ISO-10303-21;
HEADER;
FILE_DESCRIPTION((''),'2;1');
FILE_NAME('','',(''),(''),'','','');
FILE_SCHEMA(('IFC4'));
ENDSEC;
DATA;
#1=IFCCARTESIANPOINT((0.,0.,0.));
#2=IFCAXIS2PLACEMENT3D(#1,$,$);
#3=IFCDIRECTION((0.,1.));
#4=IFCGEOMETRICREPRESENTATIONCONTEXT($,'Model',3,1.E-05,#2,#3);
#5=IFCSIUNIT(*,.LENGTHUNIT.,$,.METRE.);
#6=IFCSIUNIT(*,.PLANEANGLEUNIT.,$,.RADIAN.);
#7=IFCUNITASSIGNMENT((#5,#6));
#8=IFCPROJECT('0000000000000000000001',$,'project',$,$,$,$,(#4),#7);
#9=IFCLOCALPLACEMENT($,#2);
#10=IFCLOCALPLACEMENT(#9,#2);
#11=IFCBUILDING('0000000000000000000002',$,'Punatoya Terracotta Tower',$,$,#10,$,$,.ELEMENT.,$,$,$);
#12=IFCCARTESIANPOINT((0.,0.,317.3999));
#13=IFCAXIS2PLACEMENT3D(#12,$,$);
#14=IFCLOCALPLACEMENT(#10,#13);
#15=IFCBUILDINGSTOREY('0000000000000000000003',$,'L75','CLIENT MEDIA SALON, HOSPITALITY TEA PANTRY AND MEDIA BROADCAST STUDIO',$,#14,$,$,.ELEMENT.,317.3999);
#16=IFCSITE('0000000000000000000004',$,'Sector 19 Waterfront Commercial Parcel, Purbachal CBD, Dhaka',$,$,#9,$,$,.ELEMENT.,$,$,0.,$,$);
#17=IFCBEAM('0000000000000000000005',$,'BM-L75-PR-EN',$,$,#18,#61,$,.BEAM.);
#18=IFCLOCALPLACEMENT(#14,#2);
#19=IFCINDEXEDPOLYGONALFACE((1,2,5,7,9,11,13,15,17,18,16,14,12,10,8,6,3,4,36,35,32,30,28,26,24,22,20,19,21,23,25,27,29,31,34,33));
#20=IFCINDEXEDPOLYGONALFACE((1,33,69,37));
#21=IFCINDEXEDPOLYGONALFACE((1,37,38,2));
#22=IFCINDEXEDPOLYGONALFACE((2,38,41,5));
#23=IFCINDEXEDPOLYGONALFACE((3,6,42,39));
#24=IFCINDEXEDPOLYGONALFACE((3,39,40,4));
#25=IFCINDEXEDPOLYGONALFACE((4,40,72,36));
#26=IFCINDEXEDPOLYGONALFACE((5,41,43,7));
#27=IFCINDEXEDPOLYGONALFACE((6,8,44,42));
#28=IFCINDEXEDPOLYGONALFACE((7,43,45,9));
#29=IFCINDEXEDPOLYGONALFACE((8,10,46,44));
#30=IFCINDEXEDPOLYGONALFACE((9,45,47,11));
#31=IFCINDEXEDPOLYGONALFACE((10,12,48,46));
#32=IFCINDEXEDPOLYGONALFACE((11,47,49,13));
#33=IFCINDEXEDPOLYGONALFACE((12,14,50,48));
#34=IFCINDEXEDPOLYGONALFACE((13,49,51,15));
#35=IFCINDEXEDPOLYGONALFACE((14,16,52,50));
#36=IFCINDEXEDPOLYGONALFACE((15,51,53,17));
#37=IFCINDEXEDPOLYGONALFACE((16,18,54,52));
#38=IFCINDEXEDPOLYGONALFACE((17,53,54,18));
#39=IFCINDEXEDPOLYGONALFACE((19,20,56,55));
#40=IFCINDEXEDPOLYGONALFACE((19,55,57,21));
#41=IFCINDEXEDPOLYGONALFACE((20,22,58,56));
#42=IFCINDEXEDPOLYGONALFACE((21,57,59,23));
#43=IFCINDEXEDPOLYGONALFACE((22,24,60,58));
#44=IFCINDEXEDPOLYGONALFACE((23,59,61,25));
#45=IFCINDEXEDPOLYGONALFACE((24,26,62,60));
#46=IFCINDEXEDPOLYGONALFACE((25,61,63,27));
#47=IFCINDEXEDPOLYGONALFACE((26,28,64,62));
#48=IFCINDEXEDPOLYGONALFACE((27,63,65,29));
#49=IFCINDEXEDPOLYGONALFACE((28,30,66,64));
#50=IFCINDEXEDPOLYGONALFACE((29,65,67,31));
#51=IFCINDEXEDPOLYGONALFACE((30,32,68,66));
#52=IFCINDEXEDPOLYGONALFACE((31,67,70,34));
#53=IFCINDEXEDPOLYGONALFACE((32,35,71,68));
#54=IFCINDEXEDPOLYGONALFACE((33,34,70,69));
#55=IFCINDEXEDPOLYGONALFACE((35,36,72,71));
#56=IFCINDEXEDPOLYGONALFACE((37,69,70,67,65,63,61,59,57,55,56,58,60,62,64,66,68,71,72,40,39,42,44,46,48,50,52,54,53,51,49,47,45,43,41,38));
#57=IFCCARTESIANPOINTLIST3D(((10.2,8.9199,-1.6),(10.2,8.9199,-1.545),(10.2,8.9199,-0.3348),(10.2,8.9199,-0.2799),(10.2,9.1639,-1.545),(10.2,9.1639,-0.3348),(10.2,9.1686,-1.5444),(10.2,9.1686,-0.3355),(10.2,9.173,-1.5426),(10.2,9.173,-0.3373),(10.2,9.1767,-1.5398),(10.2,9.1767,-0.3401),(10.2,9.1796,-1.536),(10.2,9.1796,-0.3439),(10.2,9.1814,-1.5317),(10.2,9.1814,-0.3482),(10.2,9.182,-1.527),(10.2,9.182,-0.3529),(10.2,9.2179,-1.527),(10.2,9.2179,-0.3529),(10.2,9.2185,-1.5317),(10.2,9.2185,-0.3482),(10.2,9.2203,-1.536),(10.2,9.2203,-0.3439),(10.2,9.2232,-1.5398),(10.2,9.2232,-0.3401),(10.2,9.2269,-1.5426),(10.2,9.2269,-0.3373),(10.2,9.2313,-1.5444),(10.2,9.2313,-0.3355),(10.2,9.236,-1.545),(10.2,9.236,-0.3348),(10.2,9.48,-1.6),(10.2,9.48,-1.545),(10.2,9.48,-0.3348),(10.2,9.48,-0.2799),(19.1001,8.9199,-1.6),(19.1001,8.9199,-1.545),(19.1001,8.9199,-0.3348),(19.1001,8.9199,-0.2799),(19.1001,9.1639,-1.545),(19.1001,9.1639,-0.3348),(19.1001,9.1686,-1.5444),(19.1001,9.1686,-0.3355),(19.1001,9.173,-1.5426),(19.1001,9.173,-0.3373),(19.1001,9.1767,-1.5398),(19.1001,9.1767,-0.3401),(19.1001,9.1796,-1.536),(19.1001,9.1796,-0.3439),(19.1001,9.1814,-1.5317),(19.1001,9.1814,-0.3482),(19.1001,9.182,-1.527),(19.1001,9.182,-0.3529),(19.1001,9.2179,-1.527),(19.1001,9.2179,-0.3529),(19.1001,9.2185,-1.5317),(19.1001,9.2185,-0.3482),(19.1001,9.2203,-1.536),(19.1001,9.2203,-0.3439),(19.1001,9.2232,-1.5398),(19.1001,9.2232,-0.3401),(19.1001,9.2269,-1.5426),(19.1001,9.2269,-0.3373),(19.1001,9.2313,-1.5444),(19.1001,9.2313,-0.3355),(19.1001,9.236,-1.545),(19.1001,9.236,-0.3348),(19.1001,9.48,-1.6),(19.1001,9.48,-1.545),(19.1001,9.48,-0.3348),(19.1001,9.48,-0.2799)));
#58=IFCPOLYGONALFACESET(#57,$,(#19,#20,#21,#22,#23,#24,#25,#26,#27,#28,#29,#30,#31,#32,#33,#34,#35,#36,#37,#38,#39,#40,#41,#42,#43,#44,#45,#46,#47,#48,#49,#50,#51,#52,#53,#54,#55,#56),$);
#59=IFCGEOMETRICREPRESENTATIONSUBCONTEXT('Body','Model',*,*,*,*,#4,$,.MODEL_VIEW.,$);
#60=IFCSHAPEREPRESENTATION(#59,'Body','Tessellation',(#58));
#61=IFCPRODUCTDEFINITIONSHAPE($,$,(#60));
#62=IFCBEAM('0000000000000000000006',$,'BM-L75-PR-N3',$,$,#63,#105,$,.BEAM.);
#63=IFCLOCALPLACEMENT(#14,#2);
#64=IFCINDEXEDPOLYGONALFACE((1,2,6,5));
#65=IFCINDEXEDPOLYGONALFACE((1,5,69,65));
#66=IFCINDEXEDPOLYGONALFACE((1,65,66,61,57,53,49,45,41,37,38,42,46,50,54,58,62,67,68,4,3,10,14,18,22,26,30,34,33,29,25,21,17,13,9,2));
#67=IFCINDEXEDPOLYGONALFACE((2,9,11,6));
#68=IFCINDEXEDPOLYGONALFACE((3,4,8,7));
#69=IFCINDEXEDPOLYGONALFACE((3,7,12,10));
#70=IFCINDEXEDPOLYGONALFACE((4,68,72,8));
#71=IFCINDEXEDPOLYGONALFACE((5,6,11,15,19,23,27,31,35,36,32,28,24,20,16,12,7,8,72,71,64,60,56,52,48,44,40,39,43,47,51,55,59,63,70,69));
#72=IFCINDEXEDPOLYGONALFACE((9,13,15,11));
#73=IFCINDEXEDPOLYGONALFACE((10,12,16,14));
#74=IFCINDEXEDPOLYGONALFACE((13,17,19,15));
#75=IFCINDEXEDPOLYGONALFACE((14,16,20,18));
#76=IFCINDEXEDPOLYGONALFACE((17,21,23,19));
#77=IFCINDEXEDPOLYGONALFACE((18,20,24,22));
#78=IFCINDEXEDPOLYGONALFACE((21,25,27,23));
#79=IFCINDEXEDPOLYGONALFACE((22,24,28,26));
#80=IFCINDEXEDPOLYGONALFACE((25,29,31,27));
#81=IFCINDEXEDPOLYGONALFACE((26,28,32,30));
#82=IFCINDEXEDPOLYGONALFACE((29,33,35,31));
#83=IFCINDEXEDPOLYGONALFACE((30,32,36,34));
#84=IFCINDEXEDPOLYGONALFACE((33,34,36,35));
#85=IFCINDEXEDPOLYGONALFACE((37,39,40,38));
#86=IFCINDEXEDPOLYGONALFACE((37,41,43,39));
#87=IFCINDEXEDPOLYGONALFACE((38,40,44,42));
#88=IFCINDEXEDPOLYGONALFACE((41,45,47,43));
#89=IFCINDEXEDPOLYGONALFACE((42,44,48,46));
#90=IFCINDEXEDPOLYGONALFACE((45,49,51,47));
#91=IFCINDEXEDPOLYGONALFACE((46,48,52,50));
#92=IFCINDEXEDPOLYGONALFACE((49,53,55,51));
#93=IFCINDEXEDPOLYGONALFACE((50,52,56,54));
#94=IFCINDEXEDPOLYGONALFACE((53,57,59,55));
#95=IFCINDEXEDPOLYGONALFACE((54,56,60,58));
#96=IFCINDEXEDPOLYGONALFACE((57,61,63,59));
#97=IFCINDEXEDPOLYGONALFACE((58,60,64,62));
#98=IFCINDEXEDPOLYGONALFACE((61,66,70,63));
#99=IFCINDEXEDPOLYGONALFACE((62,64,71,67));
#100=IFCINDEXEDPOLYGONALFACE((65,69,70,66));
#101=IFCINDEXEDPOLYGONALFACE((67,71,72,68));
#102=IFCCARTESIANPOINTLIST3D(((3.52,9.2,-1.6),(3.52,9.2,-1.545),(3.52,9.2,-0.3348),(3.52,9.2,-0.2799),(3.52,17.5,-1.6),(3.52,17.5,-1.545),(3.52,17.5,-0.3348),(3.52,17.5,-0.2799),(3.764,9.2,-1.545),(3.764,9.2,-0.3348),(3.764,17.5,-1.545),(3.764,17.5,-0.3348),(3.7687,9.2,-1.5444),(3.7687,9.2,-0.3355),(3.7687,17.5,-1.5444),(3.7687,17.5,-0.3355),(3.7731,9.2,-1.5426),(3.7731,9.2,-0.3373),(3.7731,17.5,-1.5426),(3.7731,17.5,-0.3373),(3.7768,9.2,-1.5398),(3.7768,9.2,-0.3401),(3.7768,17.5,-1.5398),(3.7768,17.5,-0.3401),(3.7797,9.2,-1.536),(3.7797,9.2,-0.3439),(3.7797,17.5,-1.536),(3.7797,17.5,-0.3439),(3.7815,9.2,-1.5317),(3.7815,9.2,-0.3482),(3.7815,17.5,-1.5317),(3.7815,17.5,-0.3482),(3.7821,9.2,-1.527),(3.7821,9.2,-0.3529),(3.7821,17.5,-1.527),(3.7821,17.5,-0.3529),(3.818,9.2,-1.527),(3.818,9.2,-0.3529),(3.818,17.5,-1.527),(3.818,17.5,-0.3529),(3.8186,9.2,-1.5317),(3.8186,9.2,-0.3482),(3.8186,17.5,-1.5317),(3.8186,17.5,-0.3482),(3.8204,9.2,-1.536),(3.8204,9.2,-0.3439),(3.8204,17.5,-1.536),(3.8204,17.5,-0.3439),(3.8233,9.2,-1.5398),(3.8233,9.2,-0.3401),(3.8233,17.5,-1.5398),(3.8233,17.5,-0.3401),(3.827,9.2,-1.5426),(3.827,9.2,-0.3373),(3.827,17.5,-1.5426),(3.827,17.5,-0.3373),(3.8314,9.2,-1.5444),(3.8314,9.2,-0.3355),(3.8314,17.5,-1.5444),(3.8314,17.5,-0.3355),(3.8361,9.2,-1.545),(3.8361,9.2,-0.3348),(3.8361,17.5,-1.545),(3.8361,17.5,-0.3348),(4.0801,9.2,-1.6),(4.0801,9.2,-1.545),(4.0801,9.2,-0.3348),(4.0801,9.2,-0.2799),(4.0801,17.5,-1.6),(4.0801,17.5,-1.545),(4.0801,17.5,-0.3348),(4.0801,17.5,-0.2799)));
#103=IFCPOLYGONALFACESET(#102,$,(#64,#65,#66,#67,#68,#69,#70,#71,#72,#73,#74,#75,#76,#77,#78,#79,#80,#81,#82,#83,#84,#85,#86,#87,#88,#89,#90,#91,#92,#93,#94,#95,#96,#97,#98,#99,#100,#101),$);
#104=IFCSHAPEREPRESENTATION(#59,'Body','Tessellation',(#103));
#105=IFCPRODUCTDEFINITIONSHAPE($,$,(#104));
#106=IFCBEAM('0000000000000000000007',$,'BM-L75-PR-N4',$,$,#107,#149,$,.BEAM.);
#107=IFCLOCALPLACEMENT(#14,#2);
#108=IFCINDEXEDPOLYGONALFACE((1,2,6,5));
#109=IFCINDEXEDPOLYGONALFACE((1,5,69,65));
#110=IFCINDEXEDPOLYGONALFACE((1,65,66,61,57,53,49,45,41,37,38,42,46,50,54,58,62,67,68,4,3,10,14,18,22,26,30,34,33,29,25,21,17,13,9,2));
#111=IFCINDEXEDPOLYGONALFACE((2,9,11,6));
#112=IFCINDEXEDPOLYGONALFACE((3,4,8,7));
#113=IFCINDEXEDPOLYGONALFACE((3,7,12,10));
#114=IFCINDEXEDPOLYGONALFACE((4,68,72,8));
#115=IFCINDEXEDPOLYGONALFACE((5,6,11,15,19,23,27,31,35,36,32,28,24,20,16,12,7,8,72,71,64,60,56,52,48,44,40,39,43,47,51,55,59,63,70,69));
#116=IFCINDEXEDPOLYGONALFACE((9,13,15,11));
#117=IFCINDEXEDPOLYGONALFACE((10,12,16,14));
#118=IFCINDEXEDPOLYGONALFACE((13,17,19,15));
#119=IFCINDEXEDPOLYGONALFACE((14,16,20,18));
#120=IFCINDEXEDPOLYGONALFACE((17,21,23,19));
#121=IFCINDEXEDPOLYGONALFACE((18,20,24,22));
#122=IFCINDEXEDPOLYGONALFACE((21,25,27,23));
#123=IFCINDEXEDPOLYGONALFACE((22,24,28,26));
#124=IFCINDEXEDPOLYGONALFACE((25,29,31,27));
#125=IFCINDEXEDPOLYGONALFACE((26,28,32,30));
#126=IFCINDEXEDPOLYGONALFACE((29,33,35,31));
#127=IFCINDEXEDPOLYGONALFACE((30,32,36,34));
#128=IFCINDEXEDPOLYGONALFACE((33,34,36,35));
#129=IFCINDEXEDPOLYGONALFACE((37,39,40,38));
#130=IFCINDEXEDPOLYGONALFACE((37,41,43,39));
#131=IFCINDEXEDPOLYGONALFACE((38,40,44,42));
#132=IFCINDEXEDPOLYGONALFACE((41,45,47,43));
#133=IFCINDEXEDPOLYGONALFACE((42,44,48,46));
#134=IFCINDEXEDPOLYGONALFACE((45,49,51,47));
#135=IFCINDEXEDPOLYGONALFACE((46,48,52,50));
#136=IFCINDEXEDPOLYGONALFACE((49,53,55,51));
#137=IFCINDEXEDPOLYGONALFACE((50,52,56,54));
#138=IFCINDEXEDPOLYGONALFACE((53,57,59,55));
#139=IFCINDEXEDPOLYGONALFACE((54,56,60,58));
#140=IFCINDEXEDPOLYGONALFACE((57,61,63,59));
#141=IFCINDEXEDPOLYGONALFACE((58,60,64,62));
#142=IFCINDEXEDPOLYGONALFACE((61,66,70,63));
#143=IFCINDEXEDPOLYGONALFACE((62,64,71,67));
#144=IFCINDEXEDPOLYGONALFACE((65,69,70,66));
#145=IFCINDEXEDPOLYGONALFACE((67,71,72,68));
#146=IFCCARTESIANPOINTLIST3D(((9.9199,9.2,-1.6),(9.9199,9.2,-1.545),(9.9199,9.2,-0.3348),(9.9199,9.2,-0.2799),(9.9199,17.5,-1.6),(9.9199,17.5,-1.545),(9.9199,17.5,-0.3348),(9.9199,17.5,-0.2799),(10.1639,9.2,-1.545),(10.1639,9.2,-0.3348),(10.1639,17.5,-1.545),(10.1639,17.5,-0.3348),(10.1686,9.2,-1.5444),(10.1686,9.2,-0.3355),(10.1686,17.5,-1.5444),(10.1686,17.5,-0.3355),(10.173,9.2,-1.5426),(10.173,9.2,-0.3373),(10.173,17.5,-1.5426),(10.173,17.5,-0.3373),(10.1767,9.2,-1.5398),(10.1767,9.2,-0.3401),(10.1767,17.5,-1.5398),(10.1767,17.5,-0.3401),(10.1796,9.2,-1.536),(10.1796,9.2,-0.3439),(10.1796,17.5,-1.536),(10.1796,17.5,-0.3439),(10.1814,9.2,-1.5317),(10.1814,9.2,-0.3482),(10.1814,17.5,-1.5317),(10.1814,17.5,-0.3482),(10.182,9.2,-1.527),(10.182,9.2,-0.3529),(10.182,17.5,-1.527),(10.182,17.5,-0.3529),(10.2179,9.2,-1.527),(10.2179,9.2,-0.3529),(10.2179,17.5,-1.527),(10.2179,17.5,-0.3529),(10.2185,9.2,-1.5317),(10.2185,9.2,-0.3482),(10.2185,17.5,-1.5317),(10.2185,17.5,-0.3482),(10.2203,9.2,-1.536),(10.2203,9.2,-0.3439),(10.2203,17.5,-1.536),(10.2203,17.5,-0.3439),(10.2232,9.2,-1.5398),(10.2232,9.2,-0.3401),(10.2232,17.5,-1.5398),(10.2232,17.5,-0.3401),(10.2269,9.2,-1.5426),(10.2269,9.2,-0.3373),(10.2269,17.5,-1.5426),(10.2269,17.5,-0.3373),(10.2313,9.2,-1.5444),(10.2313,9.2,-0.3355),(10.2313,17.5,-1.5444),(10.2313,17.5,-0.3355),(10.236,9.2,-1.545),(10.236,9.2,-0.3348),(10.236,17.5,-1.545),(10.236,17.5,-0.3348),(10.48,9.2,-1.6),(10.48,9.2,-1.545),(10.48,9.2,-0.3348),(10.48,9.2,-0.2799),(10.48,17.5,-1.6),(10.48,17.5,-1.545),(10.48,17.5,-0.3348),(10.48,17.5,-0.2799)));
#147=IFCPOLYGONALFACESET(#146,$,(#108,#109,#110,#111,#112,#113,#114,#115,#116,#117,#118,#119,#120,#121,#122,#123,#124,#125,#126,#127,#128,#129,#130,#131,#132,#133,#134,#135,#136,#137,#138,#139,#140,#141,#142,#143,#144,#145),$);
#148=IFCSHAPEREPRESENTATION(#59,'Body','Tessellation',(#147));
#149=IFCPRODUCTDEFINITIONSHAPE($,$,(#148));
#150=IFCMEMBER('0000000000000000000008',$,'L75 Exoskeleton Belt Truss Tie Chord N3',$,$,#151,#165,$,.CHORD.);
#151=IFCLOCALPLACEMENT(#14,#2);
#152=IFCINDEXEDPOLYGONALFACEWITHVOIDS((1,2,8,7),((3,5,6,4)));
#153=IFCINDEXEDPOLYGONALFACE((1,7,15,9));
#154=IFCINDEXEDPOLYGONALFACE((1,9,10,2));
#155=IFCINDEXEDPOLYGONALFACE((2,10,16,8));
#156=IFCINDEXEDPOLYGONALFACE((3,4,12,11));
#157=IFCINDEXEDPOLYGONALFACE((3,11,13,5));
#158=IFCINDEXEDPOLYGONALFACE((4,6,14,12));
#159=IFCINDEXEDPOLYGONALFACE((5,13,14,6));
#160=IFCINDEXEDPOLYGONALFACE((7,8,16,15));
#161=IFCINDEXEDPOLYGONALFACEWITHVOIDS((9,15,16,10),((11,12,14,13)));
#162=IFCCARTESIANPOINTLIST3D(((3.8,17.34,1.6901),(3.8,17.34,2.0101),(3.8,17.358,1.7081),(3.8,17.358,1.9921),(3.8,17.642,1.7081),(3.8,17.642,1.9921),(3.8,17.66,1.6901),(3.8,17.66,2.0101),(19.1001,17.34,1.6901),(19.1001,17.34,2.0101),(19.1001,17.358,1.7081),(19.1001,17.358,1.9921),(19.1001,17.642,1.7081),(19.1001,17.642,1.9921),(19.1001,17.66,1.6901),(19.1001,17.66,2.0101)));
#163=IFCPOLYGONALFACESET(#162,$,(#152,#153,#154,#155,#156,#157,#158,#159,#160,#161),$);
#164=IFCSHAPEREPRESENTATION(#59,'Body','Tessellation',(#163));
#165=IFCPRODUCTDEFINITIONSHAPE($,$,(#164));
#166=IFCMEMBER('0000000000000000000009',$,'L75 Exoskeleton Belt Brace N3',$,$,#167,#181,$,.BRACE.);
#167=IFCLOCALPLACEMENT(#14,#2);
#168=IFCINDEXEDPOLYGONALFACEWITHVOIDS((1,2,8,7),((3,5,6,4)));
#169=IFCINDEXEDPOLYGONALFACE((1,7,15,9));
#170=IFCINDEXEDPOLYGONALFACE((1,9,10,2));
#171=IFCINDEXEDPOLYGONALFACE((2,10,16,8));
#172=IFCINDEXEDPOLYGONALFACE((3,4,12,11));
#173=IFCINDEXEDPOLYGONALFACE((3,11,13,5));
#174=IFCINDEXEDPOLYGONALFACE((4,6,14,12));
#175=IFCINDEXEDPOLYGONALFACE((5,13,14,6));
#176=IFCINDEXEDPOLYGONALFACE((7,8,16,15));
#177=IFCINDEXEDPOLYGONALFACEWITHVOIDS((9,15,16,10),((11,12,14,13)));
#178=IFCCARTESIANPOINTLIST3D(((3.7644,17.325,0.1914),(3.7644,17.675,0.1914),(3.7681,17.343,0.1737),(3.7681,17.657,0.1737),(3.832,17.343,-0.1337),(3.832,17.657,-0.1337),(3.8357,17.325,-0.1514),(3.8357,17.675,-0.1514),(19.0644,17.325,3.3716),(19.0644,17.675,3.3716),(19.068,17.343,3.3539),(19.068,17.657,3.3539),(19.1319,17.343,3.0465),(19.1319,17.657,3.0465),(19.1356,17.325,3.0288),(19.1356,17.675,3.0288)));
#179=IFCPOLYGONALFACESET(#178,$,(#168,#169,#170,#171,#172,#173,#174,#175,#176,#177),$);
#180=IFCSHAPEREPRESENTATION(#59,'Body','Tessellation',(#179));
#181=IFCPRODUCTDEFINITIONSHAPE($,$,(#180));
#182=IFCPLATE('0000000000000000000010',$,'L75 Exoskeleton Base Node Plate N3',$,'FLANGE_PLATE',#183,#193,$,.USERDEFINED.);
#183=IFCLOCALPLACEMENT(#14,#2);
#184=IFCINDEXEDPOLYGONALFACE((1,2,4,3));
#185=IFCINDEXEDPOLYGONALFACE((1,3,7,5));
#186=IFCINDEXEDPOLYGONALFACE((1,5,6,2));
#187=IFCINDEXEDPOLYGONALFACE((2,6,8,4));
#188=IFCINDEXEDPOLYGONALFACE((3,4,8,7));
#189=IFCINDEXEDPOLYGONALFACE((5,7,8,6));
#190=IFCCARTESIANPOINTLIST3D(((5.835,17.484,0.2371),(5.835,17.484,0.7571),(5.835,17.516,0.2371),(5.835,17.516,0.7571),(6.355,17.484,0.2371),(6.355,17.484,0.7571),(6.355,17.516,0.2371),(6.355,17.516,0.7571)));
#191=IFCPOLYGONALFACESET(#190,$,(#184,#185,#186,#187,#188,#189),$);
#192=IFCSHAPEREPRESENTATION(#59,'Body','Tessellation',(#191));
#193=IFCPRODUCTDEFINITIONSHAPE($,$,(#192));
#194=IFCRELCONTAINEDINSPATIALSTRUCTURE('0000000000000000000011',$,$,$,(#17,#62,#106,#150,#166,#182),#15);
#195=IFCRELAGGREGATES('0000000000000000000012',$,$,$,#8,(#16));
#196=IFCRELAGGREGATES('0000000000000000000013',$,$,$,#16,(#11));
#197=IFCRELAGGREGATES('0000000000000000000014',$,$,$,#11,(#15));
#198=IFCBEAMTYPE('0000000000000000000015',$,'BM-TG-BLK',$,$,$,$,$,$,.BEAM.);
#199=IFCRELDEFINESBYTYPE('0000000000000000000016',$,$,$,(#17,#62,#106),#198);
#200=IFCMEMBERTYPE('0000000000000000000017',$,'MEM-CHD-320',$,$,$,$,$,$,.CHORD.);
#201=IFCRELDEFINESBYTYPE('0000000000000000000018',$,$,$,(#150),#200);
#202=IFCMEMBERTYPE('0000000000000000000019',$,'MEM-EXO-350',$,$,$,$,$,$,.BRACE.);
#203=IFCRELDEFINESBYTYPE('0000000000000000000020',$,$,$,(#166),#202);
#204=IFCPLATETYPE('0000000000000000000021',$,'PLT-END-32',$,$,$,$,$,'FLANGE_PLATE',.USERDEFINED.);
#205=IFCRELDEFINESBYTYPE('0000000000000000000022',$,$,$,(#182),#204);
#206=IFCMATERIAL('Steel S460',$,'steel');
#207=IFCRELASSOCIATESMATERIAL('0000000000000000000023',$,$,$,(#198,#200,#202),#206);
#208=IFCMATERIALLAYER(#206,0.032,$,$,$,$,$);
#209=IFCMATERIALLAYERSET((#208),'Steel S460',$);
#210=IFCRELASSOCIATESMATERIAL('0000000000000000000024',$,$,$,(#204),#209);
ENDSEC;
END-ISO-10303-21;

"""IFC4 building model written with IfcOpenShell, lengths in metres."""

from ifc_helpers import new_model, si_unit, direction, frame, origin, origin_2d, place, context, subcontext, project, spatial, rectangle, hollow_rectangle, i_section, extrude, material, layer, layer_set, material_profile, profile_set, type_object, element, save


model = new_model("IFC4")

# Units and contexts
model_context = context("Model", 3, precision=1e-05, world=origin(), true_north=direction((0.0, 1.0)))
body_context = subcontext(model_context, "Body", "Model", "MODEL_VIEW")
ifc_project = project(units=[si_unit("LENGTHUNIT", "METRE"), si_unit("PLANEANGLEUNIT", "RADIAN")], contexts=[model_context])

# Site, building, storey
site_placement = place(None, origin())
site = spatial("IfcSite", under=ifc_project, at=site_placement, Name="Sector 19 Waterfront Commercial Parcel, Purbachal CBD, Dhaka", CompositionType="ELEMENT", RefElevation=0.0)
building_placement = place(site_placement, origin())
building = spatial("IfcBuilding", under=site, at=building_placement, Name="Punatoya Terracotta Tower", CompositionType="ELEMENT")
storey_placement = place(building_placement, frame((0.0, 0.0, 317.3999)))
storey = spatial("IfcBuildingStorey", under=building, at=storey_placement, Name="L75", Description="CLIENT MEDIA SALON, HOSPITALITY TEA PANTRY AND MEDIA BROADCAST STUDIO", CompositionType="ELEMENT", Elevation=317.3999)

# Shared definitions
ifc_material_1 = material(Name="Steel S460", Category="steel")

# Beams
ifc_material_profile_1 = material_profile(ifc_material_1, i_section(OverallWidth=0.5601, OverallDepth=1.3201, WebThickness=0.0359, FlangeThickness=0.0549, FilletRadius=0.0181, at=origin_2d()))
ifc_profile_set_1 = profile_set([ifc_material_profile_1], Name="Steel S460")
beam_type_1 = type_object("IfcBeamType", Name="BM-TG-BLK", PredefinedType="BEAM", material=ifc_profile_set_1)
beam_1_placement = place(storey_placement, frame((10.2, 9.2, -0.9399), z_axis=(1.0, 0.0, 0.0), x_axis=(0.0, 1.0, 0.0)))
element("IfcBeam", 1, at=beam_1_placement, inside=storey, type_object=beam_type_1, Name="BM-L75-PR-EN", PredefinedType="BEAM", context=body_context, shape_type="SweptSolid", body=[
    extrude(i_section(OverallWidth=0.5601, OverallDepth=1.3201, WebThickness=0.0359, FlangeThickness=0.0549, FilletRadius=0.0181, at=origin_2d()), origin(), (0.0, 0.0, 1.0), 8.9001),
])
for number, where, z_axis, x_axis, name in (
    (2, (3.8, 9.2, -0.9399), (0.0, 1.0, 0.0), (-1.0, 0.0, 0.0), "BM-L75-PR-N3"),
    (3, (10.2, 9.2, -0.9399), (0.0, 1.0, 0.0), (-1.0, 0.0, 0.0), "BM-L75-PR-N4"),
):
    element("IfcBeam", number, at=place(storey_placement, frame(where, z_axis=z_axis, x_axis=x_axis)), inside=storey, type_object=beam_type_1, Name=name, PredefinedType="BEAM", context=body_context, shape_type="SweptSolid", body=[
        extrude(i_section(OverallWidth=0.5601, OverallDepth=1.3201, WebThickness=0.0359, FlangeThickness=0.0549, FilletRadius=0.0181, at=origin_2d()), origin(), (0.0, 0.0, 1.0), 8.3),
    ])

# Members
ifc_material_profile_2 = material_profile(ifc_material_1, hollow_rectangle(XDim=0.3201, YDim=0.3201, WallThickness=0.0181, at=origin_2d()))
ifc_profile_set_2 = profile_set([ifc_material_profile_2], Name="Steel S460")
member_type_1 = type_object("IfcMemberType", Name="MEM-CHD-320", PredefinedType="CHORD", material=ifc_profile_set_2)
member_1_placement = place(storey_placement, frame((3.8, 17.5, 1.8501), z_axis=(1.0, 0.0, 0.0), x_axis=(0.0, 1.0, 0.0)))
element("IfcMember", 4, at=member_1_placement, inside=storey, type_object=member_type_1, Name="L75 Exoskeleton Belt Truss Tie Chord N3", PredefinedType="CHORD", context=body_context, shape_type="SweptSolid", body=[
    extrude(hollow_rectangle(XDim=0.3201, YDim=0.3201, WallThickness=0.0181, at=origin_2d()), origin(), (0.0, 0.0, 1.0), 15.3),
])
ifc_material_profile_3 = material_profile(ifc_material_1, hollow_rectangle(XDim=0.3501, YDim=0.3501, WallThickness=0.0181, at=origin_2d()))
ifc_profile_set_3 = profile_set([ifc_material_profile_3], Name="Steel S460")
member_type_2 = type_object("IfcMemberType", Name="MEM-EXO-350", PredefinedType="BRACE", material=ifc_profile_set_3)
member_2_placement = place(storey_placement, frame((3.8, 17.5, 0.02), z_axis=(0.979074, 0.0, 0.203504), x_axis=(0.0, 1.0, 0.0)))
element("IfcMember", 5, at=member_2_placement, inside=storey, type_object=member_type_2, Name="L75 Exoskeleton Belt Brace N3", PredefinedType="BRACE", context=body_context, shape_type="SweptSolid", body=[
    extrude(hollow_rectangle(XDim=0.3501, YDim=0.3501, WallThickness=0.0181, at=origin_2d()), origin(), (0.0, 0.0, 1.0), 15.627),
])

# Plate
ifc_layer_1 = layer(ifc_material_1, 0.032)
ifc_layer_set_1 = layer_set([ifc_layer_1], Name="Steel S460")
plate_type = type_object("IfcPlateType", Name="PLT-END-32", ElementType="FLANGE_PLATE", PredefinedType="USERDEFINED", material=ifc_layer_set_1)
plate_placement = place(storey_placement, frame((6.095, 17.5, 0.2371), z_axis=(0.0, 0.0, 1.0), x_axis=(1.0, 0.0, 0.0)))
element("IfcPlate", 6, at=plate_placement, inside=storey, type_object=plate_type, Name="L75 Exoskeleton Base Node Plate N3", ObjectType="FLANGE_PLATE", PredefinedType="USERDEFINED", context=body_context, shape_type="SweptSolid", body=[
    extrude(rectangle(XDim=0.52, YDim=0.032, at=origin_2d()), origin(), (0.0, 0.0, 1.0), 0.52),
])

save(model, "model.ifc")
